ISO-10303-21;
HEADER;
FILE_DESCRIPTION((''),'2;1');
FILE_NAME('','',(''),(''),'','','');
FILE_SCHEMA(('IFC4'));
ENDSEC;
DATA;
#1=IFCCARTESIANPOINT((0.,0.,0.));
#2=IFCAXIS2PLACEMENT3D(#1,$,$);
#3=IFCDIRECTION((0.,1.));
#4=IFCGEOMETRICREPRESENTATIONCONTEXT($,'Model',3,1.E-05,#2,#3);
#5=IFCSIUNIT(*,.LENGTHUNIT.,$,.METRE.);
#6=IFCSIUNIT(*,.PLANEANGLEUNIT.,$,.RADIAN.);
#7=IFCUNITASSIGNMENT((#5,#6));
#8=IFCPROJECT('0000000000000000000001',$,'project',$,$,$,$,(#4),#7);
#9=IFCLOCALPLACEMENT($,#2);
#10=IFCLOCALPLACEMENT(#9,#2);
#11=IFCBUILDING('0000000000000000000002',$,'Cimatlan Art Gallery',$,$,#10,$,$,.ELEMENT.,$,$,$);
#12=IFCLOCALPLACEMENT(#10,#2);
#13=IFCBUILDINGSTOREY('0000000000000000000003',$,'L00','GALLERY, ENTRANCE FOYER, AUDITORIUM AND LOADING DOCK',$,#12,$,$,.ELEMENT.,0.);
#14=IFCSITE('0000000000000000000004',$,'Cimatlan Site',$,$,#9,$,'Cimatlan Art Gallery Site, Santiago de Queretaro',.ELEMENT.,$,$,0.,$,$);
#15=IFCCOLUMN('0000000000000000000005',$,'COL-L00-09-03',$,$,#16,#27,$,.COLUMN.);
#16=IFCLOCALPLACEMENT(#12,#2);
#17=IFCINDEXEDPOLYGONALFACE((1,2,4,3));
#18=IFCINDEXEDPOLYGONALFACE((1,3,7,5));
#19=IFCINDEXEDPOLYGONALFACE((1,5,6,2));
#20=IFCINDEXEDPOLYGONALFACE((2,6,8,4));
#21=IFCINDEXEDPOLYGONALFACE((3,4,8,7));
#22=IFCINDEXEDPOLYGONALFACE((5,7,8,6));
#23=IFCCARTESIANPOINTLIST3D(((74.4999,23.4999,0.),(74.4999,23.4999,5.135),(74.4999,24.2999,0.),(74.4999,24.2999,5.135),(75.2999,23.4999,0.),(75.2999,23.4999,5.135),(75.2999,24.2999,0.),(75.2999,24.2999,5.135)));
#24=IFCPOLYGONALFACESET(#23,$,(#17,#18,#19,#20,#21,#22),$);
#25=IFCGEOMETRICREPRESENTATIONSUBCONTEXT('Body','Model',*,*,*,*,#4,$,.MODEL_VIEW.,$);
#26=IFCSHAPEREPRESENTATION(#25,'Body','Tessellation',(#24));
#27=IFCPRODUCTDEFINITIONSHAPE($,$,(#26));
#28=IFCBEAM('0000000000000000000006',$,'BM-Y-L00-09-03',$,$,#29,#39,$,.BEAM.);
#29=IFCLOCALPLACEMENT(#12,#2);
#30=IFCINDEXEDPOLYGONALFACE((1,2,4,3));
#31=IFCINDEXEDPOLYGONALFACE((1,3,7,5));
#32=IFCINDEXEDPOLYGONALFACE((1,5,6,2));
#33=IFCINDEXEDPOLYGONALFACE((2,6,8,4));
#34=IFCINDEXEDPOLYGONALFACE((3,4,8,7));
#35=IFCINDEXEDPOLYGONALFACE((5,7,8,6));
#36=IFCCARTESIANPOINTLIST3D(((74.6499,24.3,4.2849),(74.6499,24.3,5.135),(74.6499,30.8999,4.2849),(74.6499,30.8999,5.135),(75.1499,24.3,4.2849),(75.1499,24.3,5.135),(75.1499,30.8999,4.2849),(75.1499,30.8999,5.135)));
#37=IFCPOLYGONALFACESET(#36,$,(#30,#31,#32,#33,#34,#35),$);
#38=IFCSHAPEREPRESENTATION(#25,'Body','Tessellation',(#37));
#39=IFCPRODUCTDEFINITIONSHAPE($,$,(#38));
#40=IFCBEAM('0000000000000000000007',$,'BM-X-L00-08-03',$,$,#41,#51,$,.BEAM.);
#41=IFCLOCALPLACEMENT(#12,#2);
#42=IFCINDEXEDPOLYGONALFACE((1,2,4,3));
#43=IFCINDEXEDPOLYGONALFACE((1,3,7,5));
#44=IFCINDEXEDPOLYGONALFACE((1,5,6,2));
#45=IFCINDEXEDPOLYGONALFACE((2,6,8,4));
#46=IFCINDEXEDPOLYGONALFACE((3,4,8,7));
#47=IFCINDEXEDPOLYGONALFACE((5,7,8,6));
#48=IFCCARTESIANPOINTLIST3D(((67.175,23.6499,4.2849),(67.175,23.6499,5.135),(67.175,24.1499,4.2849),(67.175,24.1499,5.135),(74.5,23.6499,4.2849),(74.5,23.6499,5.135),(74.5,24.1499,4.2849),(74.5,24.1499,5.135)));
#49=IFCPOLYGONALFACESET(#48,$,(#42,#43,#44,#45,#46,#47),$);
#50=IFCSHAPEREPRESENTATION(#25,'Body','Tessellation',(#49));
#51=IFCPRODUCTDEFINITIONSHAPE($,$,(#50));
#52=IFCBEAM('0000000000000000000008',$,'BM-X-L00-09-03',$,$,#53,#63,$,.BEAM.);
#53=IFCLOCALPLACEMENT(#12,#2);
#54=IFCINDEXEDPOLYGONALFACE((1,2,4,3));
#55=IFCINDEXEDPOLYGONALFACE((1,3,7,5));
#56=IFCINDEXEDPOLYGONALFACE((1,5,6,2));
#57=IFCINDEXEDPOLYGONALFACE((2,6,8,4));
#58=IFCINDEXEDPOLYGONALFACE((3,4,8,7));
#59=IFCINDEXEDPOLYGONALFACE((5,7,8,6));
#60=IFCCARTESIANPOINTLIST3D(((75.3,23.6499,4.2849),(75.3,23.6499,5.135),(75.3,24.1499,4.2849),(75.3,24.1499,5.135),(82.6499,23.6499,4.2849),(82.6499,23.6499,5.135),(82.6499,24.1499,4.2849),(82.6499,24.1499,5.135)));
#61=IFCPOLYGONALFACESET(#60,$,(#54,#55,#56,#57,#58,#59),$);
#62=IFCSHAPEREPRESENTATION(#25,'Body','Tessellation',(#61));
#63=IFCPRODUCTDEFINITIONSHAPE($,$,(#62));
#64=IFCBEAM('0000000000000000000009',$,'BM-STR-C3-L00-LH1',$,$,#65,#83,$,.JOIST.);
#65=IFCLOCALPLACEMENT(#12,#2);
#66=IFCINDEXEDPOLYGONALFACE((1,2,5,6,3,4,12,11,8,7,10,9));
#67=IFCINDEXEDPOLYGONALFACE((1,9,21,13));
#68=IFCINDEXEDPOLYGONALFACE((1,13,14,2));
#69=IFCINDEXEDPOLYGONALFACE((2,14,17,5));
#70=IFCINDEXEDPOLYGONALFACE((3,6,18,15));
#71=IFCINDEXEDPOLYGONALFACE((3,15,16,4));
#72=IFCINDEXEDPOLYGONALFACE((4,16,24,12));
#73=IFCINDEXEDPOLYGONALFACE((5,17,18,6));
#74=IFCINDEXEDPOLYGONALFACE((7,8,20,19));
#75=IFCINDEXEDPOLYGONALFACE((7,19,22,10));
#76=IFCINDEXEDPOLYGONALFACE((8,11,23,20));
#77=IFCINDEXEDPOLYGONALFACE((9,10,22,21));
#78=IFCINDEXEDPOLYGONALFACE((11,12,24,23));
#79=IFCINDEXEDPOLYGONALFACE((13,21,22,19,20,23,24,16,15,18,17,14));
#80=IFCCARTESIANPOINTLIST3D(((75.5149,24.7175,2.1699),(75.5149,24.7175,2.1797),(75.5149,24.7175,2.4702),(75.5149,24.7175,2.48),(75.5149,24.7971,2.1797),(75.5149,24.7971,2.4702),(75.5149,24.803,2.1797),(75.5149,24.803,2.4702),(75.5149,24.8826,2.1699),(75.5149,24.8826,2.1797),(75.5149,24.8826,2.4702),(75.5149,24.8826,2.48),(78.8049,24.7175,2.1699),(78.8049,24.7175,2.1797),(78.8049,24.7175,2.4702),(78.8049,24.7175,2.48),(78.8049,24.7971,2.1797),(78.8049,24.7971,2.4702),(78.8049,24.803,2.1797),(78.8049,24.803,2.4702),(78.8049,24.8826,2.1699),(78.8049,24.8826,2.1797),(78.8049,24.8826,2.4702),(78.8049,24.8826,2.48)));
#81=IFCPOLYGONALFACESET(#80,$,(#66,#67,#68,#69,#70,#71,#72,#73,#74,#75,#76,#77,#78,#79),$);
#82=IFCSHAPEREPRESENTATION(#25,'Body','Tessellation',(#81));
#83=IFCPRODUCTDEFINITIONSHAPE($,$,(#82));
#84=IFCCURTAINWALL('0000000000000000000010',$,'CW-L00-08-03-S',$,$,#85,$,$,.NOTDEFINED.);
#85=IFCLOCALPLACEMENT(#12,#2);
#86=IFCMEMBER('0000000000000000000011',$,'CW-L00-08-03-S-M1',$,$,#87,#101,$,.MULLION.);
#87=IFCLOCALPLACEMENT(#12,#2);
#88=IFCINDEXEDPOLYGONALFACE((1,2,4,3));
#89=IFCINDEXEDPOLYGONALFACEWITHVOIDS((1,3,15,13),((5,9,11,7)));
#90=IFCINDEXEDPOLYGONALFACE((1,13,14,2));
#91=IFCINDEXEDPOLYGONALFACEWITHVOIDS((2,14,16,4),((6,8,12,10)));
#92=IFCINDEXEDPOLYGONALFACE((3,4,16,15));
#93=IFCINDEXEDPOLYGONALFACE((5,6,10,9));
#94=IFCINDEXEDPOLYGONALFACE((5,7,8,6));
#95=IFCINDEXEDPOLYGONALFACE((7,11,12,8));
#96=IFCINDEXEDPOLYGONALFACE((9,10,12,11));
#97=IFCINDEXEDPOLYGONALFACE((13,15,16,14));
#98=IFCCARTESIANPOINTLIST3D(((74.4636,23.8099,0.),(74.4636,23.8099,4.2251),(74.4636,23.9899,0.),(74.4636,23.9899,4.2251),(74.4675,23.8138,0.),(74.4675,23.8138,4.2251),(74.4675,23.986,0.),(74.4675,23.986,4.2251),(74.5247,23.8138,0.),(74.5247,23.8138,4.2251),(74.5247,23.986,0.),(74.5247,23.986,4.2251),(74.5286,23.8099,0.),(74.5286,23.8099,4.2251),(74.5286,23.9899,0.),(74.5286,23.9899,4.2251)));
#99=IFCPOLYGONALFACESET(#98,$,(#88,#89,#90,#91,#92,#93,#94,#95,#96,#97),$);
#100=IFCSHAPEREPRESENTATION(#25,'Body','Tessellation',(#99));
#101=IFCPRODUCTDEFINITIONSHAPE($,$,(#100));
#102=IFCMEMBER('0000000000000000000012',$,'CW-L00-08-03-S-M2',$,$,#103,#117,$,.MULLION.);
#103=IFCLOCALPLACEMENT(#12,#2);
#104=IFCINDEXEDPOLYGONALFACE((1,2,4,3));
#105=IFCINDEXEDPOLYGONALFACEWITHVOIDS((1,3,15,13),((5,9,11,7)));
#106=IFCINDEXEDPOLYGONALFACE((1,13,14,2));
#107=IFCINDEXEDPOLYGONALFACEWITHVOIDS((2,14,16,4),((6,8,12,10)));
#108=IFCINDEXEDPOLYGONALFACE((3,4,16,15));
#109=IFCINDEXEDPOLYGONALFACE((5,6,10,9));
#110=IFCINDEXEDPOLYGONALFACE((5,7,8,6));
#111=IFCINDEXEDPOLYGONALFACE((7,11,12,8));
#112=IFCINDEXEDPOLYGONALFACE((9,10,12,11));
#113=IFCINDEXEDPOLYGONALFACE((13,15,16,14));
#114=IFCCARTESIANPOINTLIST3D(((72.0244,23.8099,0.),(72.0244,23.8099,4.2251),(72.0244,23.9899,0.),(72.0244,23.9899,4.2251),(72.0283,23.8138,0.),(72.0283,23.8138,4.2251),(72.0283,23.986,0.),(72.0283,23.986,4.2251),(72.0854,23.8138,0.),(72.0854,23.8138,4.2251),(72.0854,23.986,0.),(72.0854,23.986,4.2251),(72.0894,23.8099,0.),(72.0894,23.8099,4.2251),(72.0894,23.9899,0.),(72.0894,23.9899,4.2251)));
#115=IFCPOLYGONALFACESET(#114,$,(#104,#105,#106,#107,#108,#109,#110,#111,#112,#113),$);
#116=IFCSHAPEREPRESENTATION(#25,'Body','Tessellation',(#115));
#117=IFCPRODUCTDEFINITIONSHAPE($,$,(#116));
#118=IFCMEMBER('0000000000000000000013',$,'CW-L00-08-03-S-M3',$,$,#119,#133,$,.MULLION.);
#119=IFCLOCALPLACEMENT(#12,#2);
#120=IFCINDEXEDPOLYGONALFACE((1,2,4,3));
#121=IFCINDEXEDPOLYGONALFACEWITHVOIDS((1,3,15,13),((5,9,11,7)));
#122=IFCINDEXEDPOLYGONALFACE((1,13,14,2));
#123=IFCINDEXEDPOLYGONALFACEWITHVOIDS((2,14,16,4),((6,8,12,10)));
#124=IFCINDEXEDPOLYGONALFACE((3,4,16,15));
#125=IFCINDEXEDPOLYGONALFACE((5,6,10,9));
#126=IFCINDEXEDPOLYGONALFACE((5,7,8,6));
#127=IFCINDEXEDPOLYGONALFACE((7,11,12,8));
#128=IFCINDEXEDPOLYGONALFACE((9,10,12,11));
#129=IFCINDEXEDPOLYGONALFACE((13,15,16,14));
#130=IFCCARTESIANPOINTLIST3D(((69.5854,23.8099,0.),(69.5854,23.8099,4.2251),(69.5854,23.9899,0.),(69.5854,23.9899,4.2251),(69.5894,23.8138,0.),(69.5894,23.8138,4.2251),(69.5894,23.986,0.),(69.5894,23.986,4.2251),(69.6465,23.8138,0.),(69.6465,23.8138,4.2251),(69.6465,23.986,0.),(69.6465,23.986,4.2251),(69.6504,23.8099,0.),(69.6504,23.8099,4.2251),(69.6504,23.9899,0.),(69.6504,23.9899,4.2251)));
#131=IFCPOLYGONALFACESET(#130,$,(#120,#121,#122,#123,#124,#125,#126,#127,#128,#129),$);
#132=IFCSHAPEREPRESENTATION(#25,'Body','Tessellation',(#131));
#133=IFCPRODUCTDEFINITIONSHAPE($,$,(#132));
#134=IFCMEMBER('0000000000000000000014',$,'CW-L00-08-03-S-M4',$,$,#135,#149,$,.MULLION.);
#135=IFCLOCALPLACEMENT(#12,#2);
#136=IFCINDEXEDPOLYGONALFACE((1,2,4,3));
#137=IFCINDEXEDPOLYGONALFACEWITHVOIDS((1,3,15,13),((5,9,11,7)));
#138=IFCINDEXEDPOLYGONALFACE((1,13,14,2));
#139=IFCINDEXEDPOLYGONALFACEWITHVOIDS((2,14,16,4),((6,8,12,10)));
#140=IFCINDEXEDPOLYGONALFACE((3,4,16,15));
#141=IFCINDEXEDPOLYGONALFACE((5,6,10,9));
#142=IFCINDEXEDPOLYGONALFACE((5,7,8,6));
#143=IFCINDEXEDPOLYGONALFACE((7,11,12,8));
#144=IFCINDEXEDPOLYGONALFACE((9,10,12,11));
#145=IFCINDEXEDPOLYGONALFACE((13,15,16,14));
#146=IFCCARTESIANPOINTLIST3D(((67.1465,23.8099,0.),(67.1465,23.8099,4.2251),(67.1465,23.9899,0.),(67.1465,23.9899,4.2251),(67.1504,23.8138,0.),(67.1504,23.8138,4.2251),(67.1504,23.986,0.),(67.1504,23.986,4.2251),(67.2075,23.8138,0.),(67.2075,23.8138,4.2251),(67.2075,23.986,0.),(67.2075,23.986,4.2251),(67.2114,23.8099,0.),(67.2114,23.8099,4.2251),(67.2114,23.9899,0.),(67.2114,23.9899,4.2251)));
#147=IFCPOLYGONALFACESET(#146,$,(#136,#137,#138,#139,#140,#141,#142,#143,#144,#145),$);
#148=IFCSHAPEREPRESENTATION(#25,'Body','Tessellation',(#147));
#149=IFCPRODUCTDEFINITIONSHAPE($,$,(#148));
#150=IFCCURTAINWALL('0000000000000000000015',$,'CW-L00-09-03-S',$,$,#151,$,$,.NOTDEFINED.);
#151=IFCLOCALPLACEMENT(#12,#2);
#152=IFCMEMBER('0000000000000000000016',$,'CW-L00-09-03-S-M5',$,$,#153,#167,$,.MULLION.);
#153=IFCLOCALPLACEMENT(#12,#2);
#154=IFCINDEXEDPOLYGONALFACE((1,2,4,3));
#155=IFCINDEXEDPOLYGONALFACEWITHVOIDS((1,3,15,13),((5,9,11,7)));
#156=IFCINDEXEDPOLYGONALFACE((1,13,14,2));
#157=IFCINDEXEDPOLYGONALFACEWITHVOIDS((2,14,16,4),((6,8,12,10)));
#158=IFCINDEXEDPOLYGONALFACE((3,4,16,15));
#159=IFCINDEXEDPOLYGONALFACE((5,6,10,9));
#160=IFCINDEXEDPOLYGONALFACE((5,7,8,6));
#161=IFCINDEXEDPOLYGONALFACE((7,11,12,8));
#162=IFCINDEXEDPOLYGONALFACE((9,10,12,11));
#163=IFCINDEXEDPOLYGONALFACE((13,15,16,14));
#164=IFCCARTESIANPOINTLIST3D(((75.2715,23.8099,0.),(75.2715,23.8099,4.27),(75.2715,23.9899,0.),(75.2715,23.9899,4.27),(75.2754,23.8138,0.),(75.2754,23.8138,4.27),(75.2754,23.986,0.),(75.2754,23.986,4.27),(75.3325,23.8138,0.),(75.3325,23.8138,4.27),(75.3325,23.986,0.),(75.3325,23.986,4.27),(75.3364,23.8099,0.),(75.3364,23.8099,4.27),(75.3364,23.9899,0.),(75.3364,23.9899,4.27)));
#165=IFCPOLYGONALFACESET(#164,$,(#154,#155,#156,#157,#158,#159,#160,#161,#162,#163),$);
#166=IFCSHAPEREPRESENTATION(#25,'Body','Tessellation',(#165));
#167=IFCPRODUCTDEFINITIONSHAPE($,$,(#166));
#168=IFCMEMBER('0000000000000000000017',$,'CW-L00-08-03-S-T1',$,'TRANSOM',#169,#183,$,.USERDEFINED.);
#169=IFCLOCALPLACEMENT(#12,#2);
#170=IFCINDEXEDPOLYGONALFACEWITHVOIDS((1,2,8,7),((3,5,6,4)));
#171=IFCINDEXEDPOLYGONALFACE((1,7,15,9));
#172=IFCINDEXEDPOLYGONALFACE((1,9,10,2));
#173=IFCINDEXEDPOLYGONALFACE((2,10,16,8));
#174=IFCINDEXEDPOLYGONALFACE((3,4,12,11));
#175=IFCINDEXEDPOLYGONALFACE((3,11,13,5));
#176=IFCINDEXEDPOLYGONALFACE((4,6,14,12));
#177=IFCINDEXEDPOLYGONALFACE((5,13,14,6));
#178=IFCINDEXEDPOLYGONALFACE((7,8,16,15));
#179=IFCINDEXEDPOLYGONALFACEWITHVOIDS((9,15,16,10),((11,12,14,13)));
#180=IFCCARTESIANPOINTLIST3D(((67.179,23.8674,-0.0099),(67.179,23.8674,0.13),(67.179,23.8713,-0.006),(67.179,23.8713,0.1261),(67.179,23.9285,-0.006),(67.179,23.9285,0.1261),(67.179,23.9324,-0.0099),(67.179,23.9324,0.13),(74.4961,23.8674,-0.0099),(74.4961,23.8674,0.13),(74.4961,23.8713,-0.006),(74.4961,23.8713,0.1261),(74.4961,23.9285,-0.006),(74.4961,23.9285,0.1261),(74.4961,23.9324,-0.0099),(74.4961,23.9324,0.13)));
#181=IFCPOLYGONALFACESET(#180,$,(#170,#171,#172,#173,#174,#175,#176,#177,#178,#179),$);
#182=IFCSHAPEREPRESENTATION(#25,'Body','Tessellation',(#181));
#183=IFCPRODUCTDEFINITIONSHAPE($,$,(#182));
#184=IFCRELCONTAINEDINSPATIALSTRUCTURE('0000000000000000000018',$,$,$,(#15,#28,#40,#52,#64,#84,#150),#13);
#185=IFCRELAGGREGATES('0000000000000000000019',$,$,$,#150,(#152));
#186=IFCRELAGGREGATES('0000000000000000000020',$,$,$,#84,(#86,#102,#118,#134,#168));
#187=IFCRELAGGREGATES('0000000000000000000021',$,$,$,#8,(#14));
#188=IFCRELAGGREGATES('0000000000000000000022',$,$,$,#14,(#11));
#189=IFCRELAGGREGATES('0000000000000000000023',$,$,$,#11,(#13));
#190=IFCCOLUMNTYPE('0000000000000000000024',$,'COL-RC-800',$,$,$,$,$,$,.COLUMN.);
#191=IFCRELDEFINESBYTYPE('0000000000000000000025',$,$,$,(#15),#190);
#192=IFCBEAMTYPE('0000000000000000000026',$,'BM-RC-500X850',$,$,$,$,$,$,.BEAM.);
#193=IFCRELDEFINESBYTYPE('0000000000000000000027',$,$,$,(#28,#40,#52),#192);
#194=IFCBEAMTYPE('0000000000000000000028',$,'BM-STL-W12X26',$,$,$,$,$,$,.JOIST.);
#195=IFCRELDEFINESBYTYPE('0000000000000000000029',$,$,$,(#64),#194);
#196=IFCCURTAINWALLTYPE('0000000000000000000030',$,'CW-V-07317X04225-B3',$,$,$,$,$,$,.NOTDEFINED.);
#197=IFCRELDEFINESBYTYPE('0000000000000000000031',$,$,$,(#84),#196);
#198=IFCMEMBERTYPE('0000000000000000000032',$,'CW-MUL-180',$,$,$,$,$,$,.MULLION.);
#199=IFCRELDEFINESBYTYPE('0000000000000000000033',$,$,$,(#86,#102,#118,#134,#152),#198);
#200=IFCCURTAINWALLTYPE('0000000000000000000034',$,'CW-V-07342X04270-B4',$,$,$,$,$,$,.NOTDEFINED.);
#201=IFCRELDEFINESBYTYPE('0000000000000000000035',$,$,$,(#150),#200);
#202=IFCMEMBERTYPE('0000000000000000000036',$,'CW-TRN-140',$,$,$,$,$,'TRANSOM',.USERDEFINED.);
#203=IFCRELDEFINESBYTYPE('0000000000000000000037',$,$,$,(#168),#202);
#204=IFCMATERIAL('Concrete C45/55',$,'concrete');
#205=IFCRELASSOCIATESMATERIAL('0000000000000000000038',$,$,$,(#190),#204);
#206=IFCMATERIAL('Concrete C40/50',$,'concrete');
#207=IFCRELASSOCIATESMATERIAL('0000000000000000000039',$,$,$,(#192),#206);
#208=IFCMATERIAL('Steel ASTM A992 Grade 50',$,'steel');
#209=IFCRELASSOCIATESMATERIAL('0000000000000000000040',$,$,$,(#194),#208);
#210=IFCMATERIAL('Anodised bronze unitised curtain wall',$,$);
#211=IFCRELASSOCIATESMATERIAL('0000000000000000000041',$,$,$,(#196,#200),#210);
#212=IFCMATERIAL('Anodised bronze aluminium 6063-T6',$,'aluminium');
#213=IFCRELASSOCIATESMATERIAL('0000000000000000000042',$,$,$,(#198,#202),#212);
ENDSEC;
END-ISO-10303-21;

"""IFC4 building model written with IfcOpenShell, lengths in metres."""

from ifc_helpers import new_model, si_unit, direction, frame, origin, origin_2d, place, context, subcontext, project, spatial, rectangle, hollow_rectangle, i_section, extrude, material, material_profile, profile_set, type_object, element, aggregate, save


model = new_model("IFC4")

# Units and contexts
model_context = context("Model", 3, precision=1e-05, world=origin(), true_north=direction((0.0, 1.0)))
body_context = subcontext(model_context, "Body", "Model", "MODEL_VIEW")
ifc_project = project(units=[si_unit("LENGTHUNIT", "METRE"), si_unit("PLANEANGLEUNIT", "RADIAN")], contexts=[model_context])

# Site, building, storey
site_placement = place(None, origin())
site = spatial("IfcSite", under=ifc_project, at=site_placement, Name="Cimatlan Site", LongName="Cimatlan Art Gallery Site, Santiago de Queretaro", CompositionType="ELEMENT", RefElevation=0.0)
building_placement = place(site_placement, origin())
building = spatial("IfcBuilding", under=site, at=building_placement, Name="Cimatlan Art Gallery", CompositionType="ELEMENT")
storey_placement = place(building_placement, origin())
storey = spatial("IfcBuildingStorey", under=building, at=storey_placement, Name="L00", Description="GALLERY, ENTRANCE FOYER, AUDITORIUM AND LOADING DOCK", CompositionType="ELEMENT", Elevation=0.0)

# Column
ifc_material_1 = material(Name="Concrete C45/55", Category="concrete")
ifc_material_profile_1 = material_profile(ifc_material_1, rectangle(XDim=0.8, YDim=0.8, at=origin_2d()), Name="RC800X800")
ifc_profile_set_1 = profile_set([ifc_material_profile_1], Name="Concrete C45/55")
column_type = type_object("IfcColumnType", Name="COL-RC-800", PredefinedType="COLUMN", material=ifc_profile_set_1)
column_placement = place(storey_placement, frame((74.8999, 23.8999, 0.0), z_axis=(0.0, 0.0, 1.0), x_axis=(1.0, 0.0, 0.0)))
element("IfcColumn", 1, at=column_placement, inside=storey, type_object=column_type, Name="COL-L00-09-03", PredefinedType="COLUMN", context=body_context, shape_type="SweptSolid", body=[
    extrude(rectangle(XDim=0.8, YDim=0.8, at=origin_2d()), origin(), (0.0, 0.0, 1.0), 5.135),
])

# Beams
ifc_material_2 = material(Name="Concrete C40/50", Category="concrete")
ifc_material_profile_2 = material_profile(ifc_material_2, rectangle(XDim=0.5, YDim=0.8501, at=origin_2d()), Name="RC500X850")
ifc_profile_set_2 = profile_set([ifc_material_profile_2], Name="Concrete C40/50")
beam_type_1 = type_object("IfcBeamType", Name="BM-RC-500X850", PredefinedType="BEAM", material=ifc_profile_set_2)
beam_1_placement = place(storey_placement, frame((74.8999, 24.3, 4.71), z_axis=(0.0, 1.0, 0.0), x_axis=(-1.0, 0.0, 0.0)))
element("IfcBeam", 2, at=beam_1_placement, inside=storey, type_object=beam_type_1, Name="BM-Y-L00-09-03", PredefinedType="BEAM", context=body_context, shape_type="SweptSolid", body=[
    extrude(rectangle(XDim=0.5, YDim=0.8501, at=origin_2d()), origin(), (0.0, 0.0, 1.0), 6.5999),
])
beam_2_placement = place(storey_placement, frame((67.175, 23.8999, 4.71), z_axis=(1.0, 0.0, 0.0), x_axis=(0.0, 1.0, 0.0)))
element("IfcBeam", 3, at=beam_2_placement, inside=storey, type_object=beam_type_1, Name="BM-X-L00-08-03", PredefinedType="BEAM", context=body_context, shape_type="SweptSolid", body=[
    extrude(rectangle(XDim=0.5, YDim=0.8501, at=origin_2d()), origin(), (0.0, 0.0, 1.0), 7.325),
])
beam_3_placement = place(storey_placement, frame((75.3, 23.8999, 4.71), z_axis=(1.0, 0.0, 0.0), x_axis=(0.0, 1.0, 0.0)))
element("IfcBeam", 4, at=beam_3_placement, inside=storey, type_object=beam_type_1, Name="BM-X-L00-09-03", PredefinedType="BEAM", context=body_context, shape_type="SweptSolid", body=[
    extrude(rectangle(XDim=0.5, YDim=0.8501, at=origin_2d()), origin(), (0.0, 0.0, 1.0), 7.3499),
])
ifc_material_3 = material(Name="Steel ASTM A992 Grade 50", Category="steel")
ifc_material_profile_3 = material_profile(ifc_material_3, i_section(OverallWidth=0.165, OverallDepth=0.3101, WebThickness=0.0059, FlangeThickness=0.0098, at=origin_2d()), Name="W12X26")
ifc_profile_set_3 = profile_set([ifc_material_profile_3], Name="Steel ASTM A992 Grade 50")
beam_type_2 = type_object("IfcBeamType", Name="BM-STL-W12X26", PredefinedType="JOIST", material=ifc_profile_set_3)
beam_4_placement = place(storey_placement, frame((75.5149, 24.8, 2.325), z_axis=(1.0, 0.0, 0.0), x_axis=(0.0, 1.0, 0.0)))
element("IfcBeam", 5, at=beam_4_placement, inside=storey, type_object=beam_type_2, Name="BM-STR-C3-L00-LH1", PredefinedType="JOIST", context=body_context, shape_type="SweptSolid", body=[
    extrude(i_section(OverallWidth=0.165, OverallDepth=0.3101, WebThickness=0.0059, FlangeThickness=0.0098, at=origin_2d()), origin(), (0.0, 0.0, 1.0), 3.29),
])

# Curtain wall, members
ifc_material_4 = material(Name="Anodised bronze unitised curtain wall")
curtain_wall_type_1 = type_object("IfcCurtainWallType", Name="CW-V-07317X04225-B3", PredefinedType="NOTDEFINED", material=ifc_material_4)
curtain_wall_1_placement = place(storey_placement, origin())
curtain_wall_1 = element("IfcCurtainWall", 6, at=curtain_wall_1_placement, inside=storey, type_object=curtain_wall_type_1, Name="CW-L00-08-03-S", PredefinedType="NOTDEFINED")
ifc_material_5 = material(Name="Anodised bronze aluminium 6063-T6", Category="aluminium")
ifc_material_profile_4 = material_profile(ifc_material_5, hollow_rectangle(XDim=0.0649, YDim=0.1799, WallThickness=0.0039, at=origin_2d()), Name="ALU65X180X4")
ifc_profile_set_4 = profile_set([ifc_material_profile_4], Name="Anodised bronze aluminium 6063-T6")
member_type_1 = type_object("IfcMemberType", Name="CW-MUL-180", PredefinedType="MULLION", material=ifc_profile_set_4)
member_1_placement = place(storey_placement, frame((74.4961, 23.8999, 0.0), z_axis=(0.0, 0.0, 1.0), x_axis=(1.0, 0.0, 0.0)))
member_1 = element("IfcMember", 7, at=member_1_placement, type_object=member_type_1, Name="CW-L00-08-03-S-M1", PredefinedType="MULLION", context=body_context, shape_type="SweptSolid", body=[
    extrude(hollow_rectangle(XDim=0.0649, YDim=0.1799, WallThickness=0.0039, at=origin_2d()), origin(), (0.0, 0.0, 1.0), 4.2251),
])
member_2_placement = place(storey_placement, frame((72.0569, 23.8999, 0.0), z_axis=(0.0, 0.0, 1.0), x_axis=(1.0, 0.0, 0.0)))
member_2 = element("IfcMember", 8, at=member_2_placement, type_object=member_type_1, Name="CW-L00-08-03-S-M2", PredefinedType="MULLION", context=body_context, shape_type="SweptSolid", body=[
    extrude(hollow_rectangle(XDim=0.0649, YDim=0.1799, WallThickness=0.0039, at=origin_2d()), origin(), (0.0, 0.0, 1.0), 4.2251),
])
member_3_placement = place(storey_placement, frame((69.6179, 23.8999, 0.0), z_axis=(0.0, 0.0, 1.0), x_axis=(1.0, 0.0, 0.0)))
member_3 = element("IfcMember", 9, at=member_3_placement, type_object=member_type_1, Name="CW-L00-08-03-S-M3", PredefinedType="MULLION", context=body_context, shape_type="SweptSolid", body=[
    extrude(hollow_rectangle(XDim=0.0649, YDim=0.1799, WallThickness=0.0039, at=origin_2d()), origin(), (0.0, 0.0, 1.0), 4.2251),
])
member_4_placement = place(storey_placement, frame((67.179, 23.8999, 0.0), z_axis=(0.0, 0.0, 1.0), x_axis=(1.0, 0.0, 0.0)))
member_4 = element("IfcMember", 10, at=member_4_placement, type_object=member_type_1, Name="CW-L00-08-03-S-M4", PredefinedType="MULLION", context=body_context, shape_type="SweptSolid", body=[
    extrude(hollow_rectangle(XDim=0.0649, YDim=0.1799, WallThickness=0.0039, at=origin_2d()), origin(), (0.0, 0.0, 1.0), 4.2251),
])

# Curtain wall, member
curtain_wall_type_2 = type_object("IfcCurtainWallType", Name="CW-V-07342X04270-B4", PredefinedType="NOTDEFINED", material=ifc_material_4)
curtain_wall_2_placement = place(storey_placement, origin())
curtain_wall_2 = element("IfcCurtainWall", 11, at=curtain_wall_2_placement, inside=storey, type_object=curtain_wall_type_2, Name="CW-L00-09-03-S", PredefinedType="NOTDEFINED")
member_5_placement = place(storey_placement, frame((75.304, 23.8999, 0.0), z_axis=(0.0, 0.0, 1.0), x_axis=(1.0, 0.0, 0.0)))
member_5 = element("IfcMember", 12, at=member_5_placement, type_object=member_type_1, Name="CW-L00-09-03-S-M5", PredefinedType="MULLION", context=body_context, shape_type="SweptSolid", body=[
    extrude(hollow_rectangle(XDim=0.0649, YDim=0.1799, WallThickness=0.0039, at=origin_2d()), origin(), (0.0, 0.0, 1.0), 4.27),
])
aggregate(curtain_wall_2, [member_5])

# Member
ifc_material_profile_5 = material_profile(ifc_material_5, hollow_rectangle(XDim=0.0649, YDim=0.1399, WallThickness=0.0039, at=origin_2d()), Name="ALU65X140X4")
ifc_profile_set_5 = profile_set([ifc_material_profile_5], Name="Anodised bronze aluminium 6063-T6")
member_type_2 = type_object("IfcMemberType", Name="CW-TRN-140", ElementType="TRANSOM", PredefinedType="USERDEFINED", material=ifc_profile_set_5)
member_6_placement = place(storey_placement, frame((74.4961, 23.8999, 0.0601), z_axis=(-1.0, 0.0, 0.0), x_axis=(0.0, -1.0, 0.0)))
member_6 = element("IfcMember", 13, at=member_6_placement, type_object=member_type_2, Name="CW-L00-08-03-S-T1", ObjectType="TRANSOM", PredefinedType="USERDEFINED", context=body_context, shape_type="SweptSolid", body=[
    extrude(hollow_rectangle(XDim=0.0649, YDim=0.1399, WallThickness=0.0039, at=origin_2d()), origin(), (0.0, 0.0, 1.0), 7.3171),
])

aggregate(curtain_wall_1, [member_1, member_2, member_3, member_4, member_6])

save(model, "model.ifc")
